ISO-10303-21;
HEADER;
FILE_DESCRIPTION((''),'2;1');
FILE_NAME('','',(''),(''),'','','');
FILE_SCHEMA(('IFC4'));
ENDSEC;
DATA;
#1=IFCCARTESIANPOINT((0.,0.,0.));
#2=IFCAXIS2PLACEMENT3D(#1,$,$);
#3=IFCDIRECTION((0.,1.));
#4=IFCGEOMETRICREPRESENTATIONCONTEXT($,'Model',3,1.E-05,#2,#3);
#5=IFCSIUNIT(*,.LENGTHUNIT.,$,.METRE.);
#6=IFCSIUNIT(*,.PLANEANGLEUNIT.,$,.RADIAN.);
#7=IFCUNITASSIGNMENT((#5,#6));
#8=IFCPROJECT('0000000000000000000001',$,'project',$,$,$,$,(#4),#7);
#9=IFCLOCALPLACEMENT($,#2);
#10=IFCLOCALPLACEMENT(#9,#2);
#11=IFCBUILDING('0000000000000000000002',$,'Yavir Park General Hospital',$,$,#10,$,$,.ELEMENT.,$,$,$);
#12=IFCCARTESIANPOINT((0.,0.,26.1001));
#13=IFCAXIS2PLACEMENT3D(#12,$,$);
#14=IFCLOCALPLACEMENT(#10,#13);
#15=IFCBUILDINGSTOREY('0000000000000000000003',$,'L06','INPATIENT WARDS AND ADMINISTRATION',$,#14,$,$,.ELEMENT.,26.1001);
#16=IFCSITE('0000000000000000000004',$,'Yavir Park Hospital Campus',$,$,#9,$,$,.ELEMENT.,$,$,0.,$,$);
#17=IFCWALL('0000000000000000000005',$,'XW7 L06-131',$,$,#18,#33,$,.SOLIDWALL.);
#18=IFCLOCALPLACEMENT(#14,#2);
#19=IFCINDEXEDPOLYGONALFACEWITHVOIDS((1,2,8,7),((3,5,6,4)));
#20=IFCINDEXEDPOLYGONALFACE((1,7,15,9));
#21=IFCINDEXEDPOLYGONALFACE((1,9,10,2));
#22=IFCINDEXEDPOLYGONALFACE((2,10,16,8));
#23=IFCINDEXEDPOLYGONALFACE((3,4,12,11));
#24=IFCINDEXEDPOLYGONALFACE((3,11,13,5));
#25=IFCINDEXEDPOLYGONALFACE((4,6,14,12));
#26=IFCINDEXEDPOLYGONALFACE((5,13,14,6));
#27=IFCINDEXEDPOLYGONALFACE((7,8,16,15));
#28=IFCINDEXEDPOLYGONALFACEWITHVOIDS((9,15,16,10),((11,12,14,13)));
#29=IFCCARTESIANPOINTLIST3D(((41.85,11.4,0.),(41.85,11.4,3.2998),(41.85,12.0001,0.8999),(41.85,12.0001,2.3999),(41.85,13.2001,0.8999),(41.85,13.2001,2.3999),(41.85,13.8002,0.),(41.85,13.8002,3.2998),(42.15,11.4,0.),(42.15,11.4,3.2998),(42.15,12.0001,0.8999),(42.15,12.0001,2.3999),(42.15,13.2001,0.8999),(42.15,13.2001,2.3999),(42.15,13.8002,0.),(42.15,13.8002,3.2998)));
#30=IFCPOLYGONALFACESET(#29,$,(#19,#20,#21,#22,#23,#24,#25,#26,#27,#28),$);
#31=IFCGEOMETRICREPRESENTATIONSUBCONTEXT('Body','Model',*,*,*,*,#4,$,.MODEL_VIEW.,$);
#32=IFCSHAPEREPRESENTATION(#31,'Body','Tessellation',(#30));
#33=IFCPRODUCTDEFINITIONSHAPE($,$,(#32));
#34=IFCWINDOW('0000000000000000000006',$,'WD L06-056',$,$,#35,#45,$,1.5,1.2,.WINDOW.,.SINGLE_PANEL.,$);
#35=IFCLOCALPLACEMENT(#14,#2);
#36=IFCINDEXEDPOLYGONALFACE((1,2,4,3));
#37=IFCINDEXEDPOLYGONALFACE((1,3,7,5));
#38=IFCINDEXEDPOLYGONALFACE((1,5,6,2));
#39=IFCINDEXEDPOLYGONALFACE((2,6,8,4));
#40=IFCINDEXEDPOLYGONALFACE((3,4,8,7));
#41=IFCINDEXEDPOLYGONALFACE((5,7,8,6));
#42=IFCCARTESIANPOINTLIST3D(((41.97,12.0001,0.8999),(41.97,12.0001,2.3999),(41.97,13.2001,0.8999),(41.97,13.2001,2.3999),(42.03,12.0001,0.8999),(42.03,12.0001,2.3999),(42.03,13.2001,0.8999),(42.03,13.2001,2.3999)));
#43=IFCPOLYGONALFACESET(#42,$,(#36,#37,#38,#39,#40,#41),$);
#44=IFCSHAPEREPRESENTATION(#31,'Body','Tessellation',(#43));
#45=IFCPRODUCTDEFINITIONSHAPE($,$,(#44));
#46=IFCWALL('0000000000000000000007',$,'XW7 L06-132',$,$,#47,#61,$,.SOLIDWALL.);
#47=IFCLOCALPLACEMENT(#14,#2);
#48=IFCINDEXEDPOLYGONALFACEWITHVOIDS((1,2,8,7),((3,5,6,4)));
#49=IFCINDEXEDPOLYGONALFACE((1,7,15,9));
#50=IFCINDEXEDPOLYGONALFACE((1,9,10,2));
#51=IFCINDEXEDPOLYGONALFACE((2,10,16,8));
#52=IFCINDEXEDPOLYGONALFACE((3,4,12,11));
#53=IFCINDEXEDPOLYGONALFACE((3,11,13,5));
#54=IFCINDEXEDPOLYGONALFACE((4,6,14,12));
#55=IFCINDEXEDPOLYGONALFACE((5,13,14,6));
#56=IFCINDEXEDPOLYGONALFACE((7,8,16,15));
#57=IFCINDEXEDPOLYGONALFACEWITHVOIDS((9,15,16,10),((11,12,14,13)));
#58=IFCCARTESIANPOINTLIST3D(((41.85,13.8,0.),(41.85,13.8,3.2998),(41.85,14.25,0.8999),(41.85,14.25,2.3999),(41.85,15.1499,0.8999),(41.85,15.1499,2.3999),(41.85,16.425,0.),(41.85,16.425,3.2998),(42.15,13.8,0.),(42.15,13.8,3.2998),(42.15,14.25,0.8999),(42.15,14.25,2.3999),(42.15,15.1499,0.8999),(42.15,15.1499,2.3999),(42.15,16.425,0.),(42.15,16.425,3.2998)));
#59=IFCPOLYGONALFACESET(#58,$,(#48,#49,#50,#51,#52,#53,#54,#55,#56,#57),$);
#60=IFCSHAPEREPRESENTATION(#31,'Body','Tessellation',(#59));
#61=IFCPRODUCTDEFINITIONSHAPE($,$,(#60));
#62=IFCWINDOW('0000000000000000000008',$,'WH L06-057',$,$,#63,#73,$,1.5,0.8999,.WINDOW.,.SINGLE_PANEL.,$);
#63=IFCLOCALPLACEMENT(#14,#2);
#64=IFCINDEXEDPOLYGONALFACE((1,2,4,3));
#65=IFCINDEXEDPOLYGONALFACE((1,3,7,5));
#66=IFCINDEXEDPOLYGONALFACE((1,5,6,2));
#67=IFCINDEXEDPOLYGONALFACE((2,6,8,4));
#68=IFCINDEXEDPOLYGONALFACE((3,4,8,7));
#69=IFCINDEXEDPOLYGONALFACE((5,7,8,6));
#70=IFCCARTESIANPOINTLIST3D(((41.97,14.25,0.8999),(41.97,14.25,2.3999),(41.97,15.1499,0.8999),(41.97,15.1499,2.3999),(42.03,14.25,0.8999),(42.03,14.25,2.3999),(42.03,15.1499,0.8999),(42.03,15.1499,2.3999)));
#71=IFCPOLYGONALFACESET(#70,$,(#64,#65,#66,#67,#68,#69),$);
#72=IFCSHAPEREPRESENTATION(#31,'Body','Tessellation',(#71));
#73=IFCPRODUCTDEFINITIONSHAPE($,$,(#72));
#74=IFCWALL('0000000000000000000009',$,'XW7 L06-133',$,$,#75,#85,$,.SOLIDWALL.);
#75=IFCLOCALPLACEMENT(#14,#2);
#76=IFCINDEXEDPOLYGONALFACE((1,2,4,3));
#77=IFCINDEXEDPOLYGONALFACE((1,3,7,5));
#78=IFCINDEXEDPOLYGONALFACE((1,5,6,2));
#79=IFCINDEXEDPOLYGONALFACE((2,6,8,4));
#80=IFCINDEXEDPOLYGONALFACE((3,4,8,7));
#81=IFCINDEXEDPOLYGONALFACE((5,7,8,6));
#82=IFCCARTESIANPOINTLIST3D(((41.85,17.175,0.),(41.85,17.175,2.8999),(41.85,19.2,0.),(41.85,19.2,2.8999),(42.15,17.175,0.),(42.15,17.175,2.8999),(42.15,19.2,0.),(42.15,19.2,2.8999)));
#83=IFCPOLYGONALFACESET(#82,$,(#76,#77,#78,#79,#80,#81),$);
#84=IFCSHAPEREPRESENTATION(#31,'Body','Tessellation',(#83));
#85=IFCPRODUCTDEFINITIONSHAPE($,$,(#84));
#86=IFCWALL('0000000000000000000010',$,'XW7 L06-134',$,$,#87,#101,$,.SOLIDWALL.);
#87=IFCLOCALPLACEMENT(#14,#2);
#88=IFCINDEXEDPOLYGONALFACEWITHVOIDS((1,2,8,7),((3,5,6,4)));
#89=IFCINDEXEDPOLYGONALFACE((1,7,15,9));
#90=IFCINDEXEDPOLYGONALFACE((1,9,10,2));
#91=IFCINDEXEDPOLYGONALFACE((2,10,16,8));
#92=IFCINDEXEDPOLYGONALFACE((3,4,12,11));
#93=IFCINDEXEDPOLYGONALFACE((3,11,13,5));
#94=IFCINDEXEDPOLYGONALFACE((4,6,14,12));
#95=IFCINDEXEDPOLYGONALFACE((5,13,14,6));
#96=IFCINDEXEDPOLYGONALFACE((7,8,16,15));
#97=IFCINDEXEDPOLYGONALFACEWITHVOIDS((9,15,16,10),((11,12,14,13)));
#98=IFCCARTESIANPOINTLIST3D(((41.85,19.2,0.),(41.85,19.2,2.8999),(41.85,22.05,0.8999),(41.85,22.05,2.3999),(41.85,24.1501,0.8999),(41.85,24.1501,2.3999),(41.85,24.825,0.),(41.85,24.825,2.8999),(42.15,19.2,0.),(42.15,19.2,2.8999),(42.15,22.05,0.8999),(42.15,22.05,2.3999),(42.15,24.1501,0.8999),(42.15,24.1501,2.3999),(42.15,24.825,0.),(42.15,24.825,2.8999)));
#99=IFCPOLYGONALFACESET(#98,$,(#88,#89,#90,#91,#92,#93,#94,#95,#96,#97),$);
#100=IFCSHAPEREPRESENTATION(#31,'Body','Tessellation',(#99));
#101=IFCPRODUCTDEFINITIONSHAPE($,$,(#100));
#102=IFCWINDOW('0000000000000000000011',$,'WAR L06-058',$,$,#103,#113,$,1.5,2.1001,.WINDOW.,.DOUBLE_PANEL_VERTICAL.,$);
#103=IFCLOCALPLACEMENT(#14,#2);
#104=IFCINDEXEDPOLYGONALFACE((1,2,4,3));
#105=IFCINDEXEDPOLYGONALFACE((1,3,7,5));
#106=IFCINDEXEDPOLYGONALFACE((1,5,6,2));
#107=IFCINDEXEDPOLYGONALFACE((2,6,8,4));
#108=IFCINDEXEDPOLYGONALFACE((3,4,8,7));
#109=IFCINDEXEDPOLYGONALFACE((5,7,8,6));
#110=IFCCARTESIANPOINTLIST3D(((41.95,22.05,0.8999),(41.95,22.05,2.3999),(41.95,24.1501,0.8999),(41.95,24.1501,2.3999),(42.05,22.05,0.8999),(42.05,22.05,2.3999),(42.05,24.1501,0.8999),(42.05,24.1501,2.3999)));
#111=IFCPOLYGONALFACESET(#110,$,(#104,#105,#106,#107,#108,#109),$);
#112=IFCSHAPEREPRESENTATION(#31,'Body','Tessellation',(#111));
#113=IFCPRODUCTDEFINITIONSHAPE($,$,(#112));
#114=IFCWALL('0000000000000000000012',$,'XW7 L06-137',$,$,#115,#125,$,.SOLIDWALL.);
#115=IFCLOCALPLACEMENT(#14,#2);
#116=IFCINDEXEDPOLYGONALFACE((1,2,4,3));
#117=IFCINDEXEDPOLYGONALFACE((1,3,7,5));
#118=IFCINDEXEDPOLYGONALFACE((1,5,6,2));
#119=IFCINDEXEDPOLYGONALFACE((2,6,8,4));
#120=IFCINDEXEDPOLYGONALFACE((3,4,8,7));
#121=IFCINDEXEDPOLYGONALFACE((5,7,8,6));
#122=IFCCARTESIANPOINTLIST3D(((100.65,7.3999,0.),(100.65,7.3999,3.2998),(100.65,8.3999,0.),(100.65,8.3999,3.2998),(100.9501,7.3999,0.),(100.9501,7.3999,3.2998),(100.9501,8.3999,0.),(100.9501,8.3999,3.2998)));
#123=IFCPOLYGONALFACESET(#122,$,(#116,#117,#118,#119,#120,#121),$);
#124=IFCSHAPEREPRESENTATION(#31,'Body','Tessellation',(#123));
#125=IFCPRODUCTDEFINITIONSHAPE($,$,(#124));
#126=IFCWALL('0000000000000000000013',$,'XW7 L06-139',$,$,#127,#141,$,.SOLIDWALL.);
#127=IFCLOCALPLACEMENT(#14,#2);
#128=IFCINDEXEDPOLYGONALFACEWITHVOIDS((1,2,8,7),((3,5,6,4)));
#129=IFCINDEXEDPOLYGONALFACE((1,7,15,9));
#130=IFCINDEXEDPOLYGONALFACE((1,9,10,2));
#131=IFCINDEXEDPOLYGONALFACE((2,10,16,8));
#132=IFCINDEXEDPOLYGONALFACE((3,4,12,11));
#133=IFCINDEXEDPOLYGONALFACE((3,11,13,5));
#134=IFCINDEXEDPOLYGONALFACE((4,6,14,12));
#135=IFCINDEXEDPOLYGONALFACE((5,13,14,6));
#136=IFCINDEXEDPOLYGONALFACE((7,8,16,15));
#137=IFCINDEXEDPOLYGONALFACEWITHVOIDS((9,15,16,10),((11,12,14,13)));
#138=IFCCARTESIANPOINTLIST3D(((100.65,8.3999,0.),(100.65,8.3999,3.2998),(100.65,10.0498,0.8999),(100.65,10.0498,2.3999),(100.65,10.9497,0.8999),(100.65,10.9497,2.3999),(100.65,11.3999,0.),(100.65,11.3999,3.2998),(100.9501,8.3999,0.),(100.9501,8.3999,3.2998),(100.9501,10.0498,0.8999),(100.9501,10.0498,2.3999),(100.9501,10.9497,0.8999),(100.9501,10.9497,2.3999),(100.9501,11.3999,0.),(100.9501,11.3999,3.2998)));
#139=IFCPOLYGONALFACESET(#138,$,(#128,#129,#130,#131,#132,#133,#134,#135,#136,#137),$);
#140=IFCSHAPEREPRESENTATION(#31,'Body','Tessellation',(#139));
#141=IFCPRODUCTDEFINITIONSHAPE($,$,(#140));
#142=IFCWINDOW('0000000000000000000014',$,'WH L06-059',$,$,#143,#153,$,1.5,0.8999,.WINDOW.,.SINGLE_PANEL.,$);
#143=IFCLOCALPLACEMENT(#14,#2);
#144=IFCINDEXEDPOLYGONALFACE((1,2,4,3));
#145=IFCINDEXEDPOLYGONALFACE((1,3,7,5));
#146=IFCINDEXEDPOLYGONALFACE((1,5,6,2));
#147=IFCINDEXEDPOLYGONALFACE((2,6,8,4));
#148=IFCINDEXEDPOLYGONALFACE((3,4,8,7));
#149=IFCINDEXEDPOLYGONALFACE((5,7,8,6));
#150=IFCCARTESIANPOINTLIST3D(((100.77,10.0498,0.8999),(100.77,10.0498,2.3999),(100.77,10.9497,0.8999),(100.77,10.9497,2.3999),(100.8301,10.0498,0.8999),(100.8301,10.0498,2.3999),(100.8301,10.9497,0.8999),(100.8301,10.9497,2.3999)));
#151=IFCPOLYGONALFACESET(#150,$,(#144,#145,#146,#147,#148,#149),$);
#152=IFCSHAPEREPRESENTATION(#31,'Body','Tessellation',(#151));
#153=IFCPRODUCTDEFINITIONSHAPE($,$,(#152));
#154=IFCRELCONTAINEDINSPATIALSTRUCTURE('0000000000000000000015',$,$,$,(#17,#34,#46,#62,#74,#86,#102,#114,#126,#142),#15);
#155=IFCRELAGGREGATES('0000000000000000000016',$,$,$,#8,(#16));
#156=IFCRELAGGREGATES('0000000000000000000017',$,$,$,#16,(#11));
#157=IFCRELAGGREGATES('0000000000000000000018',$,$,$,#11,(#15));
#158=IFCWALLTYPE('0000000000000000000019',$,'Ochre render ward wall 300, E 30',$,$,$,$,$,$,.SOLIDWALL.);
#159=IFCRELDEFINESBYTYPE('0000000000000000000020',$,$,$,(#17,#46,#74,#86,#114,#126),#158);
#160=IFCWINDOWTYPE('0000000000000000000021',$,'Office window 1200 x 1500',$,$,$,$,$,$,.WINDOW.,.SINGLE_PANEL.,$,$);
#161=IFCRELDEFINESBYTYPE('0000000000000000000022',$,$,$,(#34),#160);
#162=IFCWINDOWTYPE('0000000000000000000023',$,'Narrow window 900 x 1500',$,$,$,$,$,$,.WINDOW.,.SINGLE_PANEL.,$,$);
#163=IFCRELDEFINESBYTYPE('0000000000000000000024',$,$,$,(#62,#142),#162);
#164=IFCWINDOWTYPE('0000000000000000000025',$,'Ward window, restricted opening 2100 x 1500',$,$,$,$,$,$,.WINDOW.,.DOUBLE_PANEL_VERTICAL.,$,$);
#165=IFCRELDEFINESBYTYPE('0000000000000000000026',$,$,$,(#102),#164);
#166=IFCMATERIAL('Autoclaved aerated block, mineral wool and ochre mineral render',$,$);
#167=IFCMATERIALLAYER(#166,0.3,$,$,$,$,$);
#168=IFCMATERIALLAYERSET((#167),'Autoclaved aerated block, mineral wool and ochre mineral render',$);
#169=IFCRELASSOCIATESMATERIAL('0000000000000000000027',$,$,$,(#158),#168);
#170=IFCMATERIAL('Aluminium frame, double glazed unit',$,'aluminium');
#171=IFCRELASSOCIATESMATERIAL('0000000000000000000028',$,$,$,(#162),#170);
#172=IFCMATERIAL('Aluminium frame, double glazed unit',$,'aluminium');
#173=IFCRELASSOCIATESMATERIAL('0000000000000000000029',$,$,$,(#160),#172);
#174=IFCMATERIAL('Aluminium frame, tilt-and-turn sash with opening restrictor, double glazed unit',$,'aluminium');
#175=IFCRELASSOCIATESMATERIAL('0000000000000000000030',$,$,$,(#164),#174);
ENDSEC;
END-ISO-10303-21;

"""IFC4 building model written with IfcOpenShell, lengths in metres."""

from ifc_helpers import new_model, si_unit, direction, frame, frame_2d, origin, place, context, subcontext, project, spatial, rectangle, extrude, material, layer, layer_set, type_object, element, fill, save


model = new_model("IFC4")

# Units and contexts
model_context = context("Model", 3, precision=1e-05, world=origin(), true_north=direction((0.0, 1.0)))
body_context = subcontext(model_context, "Body", "Model", "MODEL_VIEW")
ifc_project = project(units=[si_unit("LENGTHUNIT", "METRE"), si_unit("PLANEANGLEUNIT", "RADIAN")], contexts=[model_context])

# Site, building, storey
site_placement = place(None, origin())
site = spatial("IfcSite", under=ifc_project, at=site_placement, Name="Yavir Park Hospital Campus", CompositionType="ELEMENT", RefElevation=0.0)
building_placement = place(site_placement, origin())
building = spatial("IfcBuilding", under=site, at=building_placement, Name="Yavir Park General Hospital", CompositionType="ELEMENT")
storey_placement = place(building_placement, frame((0.0, 0.0, 26.1001)))
storey = spatial("IfcBuildingStorey", under=building, at=storey_placement, Name="L06", Description="INPATIENT WARDS AND ADMINISTRATION", CompositionType="ELEMENT", Elevation=26.1001)

# Shared definitions
ifc_material_1 = material(Name="Autoclaved aerated block, mineral wool and ochre mineral render")
ifc_layer_1 = layer(ifc_material_1, 0.3)
ifc_layer_set_1 = layer_set([ifc_layer_1], Name="Autoclaved aerated block, mineral wool and ochre mineral render")
wall_type = type_object("IfcWallType", Name="Ochre render ward wall 300, E 30", PredefinedType="SOLIDWALL", material=ifc_layer_set_1)

# Walls, openings, windows
ifc_material_2 = material(Name="Aluminium frame, double glazed unit", Category="aluminium")
window_type_1 = type_object("IfcWindowType", Name="Narrow window 900 x 1500", PartitioningType="SINGLE_PANEL", PredefinedType="WINDOW", material=ifc_material_2)
wall_1_placement = place(storey_placement, frame((42.0, 11.3999, 0.0), z_axis=(0.0, 0.0, 1.0), x_axis=(0.0, 1.0, 0.0)))
wall_1 = element("IfcWall", 1, at=wall_1_placement, inside=storey, type_object=wall_type, Name="XW7 L06-131", PredefinedType="SOLIDWALL", context=body_context, shape_type="SweptSolid", body=[
    extrude(rectangle(XDim=2.4001, YDim=0.3, at=frame_2d((1.2002, 0.0))), origin(), (0.0, 0.0, 1.0), 3.2998),
])
opening_1_placement = place(wall_1_placement, frame((0.6001, 0.0, 0.8999)))
opening_1 = element("IfcOpeningElement", 2, at=opening_1_placement, cuts=wall_1, PredefinedType="OPENING", context=body_context, shape_type="SweptSolid", body=[
    extrude(rectangle(XDim=1.2, YDim=1.5, at=frame_2d((0.6001, 0.75))), frame((0.0, 0.1599, 0.0), z_axis=(0.0, -1.0, 0.0), x_axis=(1.0, 0.0, 0.0)), (0.0, 0.0, 1.0), 0.3201),
])
ifc_material_3 = material(Name="Aluminium frame, double glazed unit", Category="aluminium")
window_type_2 = type_object("IfcWindowType", Name="Office window 1200 x 1500", PartitioningType="SINGLE_PANEL", PredefinedType="WINDOW", material=ifc_material_3)
window_1_placement = place(opening_1_placement, origin())
window_1 = element("IfcWindow", 3, at=window_1_placement, inside=storey, type_object=window_type_2, Name="WD L06-056", OverallHeight=1.5, OverallWidth=1.2, PartitioningType="SINGLE_PANEL", PredefinedType="WINDOW", context=body_context, shape_type="SweptSolid", body=[
    extrude(rectangle(XDim=1.2, YDim=1.5, at=frame_2d((0.6001, 0.75))), frame((0.0, 0.03, 0.0), z_axis=(0.0, -1.0, 0.0), x_axis=(1.0, 0.0, 0.0)), (0.0, 0.0, 1.0), 0.0601),
])
fill(opening_1, window_1)
wall_2_placement = place(storey_placement, frame((42.0, 13.8, 0.0), z_axis=(0.0, 0.0, 1.0), x_axis=(0.0, 1.0, 0.0)))
wall_2 = element("IfcWall", 4, at=wall_2_placement, inside=storey, type_object=wall_type, Name="XW7 L06-132", PredefinedType="SOLIDWALL", context=body_context, shape_type="SweptSolid", body=[
    extrude(rectangle(XDim=2.625, YDim=0.3, at=frame_2d((1.3125, 0.0))), origin(), (0.0, 0.0, 1.0), 3.2998),
])
opening_2_placement = place(wall_2_placement, frame((0.45, 0.0, 0.8999)))
opening_2 = element("IfcOpeningElement", 5, at=opening_2_placement, cuts=wall_2, PredefinedType="OPENING", context=body_context, shape_type="SweptSolid", body=[
    extrude(rectangle(XDim=0.8999, YDim=1.5, at=frame_2d((0.45, 0.75))), frame((0.0, 0.1599, 0.0), z_axis=(0.0, -1.0, 0.0), x_axis=(1.0, 0.0, 0.0)), (0.0, 0.0, 1.0), 0.3201),
])
window_2_placement = place(opening_2_placement, origin())
window_2 = element("IfcWindow", 6, at=window_2_placement, inside=storey, type_object=window_type_1, Name="WH L06-057", OverallHeight=1.5, OverallWidth=0.8999, PartitioningType="SINGLE_PANEL", PredefinedType="WINDOW", context=body_context, shape_type="SweptSolid", body=[
    extrude(rectangle(XDim=0.8999, YDim=1.5, at=frame_2d((0.45, 0.75))), frame((0.0, 0.03, 0.0), z_axis=(0.0, -1.0, 0.0), x_axis=(1.0, 0.0, 0.0)), (0.0, 0.0, 1.0), 0.0601),
])
fill(opening_2, window_2)

# Wall
wall_3_placement = place(storey_placement, frame((42.0, 17.175, 0.0), z_axis=(0.0, 0.0, 1.0), x_axis=(0.0, 1.0, 0.0)))
element("IfcWall", 7, at=wall_3_placement, inside=storey, type_object=wall_type, Name="XW7 L06-133", PredefinedType="SOLIDWALL", context=body_context, shape_type="SweptSolid", body=[
    extrude(rectangle(XDim=2.0249, YDim=0.3, at=frame_2d((1.0125, 0.0))), origin(), (0.0, 0.0, 1.0), 2.8999),
])

# Wall, opening, window
wall_4_placement = place(storey_placement, frame((42.0, 19.2, 0.0), z_axis=(0.0, 0.0, 1.0), x_axis=(0.0, 1.0, 0.0)))
wall_4 = element("IfcWall", 8, at=wall_4_placement, inside=storey, type_object=wall_type, Name="XW7 L06-134", PredefinedType="SOLIDWALL", context=body_context, shape_type="SweptSolid", body=[
    extrude(rectangle(XDim=5.625, YDim=0.3, at=frame_2d((2.8125, 0.0))), origin(), (0.0, 0.0, 1.0), 2.8999),
])
opening_3_placement = place(wall_4_placement, frame((2.8501, 0.0, 0.8999)))
opening_3 = element("IfcOpeningElement", 9, at=opening_3_placement, cuts=wall_4, PredefinedType="OPENING", context=body_context, shape_type="SweptSolid", body=[
    extrude(rectangle(XDim=2.1001, YDim=1.5, at=frame_2d((1.05, 0.75))), frame((0.0, 0.1599, 0.0), z_axis=(0.0, -1.0, 0.0), x_axis=(1.0, 0.0, 0.0)), (0.0, 0.0, 1.0), 0.3201),
])
ifc_material_4 = material(Name="Aluminium frame, tilt-and-turn sash with opening restrictor, double glazed unit", Category="aluminium")
window_type_3 = type_object("IfcWindowType", Name="Ward window, restricted opening 2100 x 1500", PartitioningType="DOUBLE_PANEL_VERTICAL", PredefinedType="WINDOW", material=ifc_material_4)
window_3_placement = place(opening_3_placement, origin())
window_3 = element("IfcWindow", 10, at=window_3_placement, inside=storey, type_object=window_type_3, Name="WAR L06-058", OverallHeight=1.5, OverallWidth=2.1001, PartitioningType="DOUBLE_PANEL_VERTICAL", PredefinedType="WINDOW", context=body_context, shape_type="SweptSolid", body=[
    extrude(rectangle(XDim=2.1001, YDim=1.5, at=frame_2d((1.05, 0.75))), frame((0.0, 0.05, 0.0), z_axis=(0.0, -1.0, 0.0), x_axis=(1.0, 0.0, 0.0)), (0.0, 0.0, 1.0), 0.1001),
])
fill(opening_3, window_3)

# Wall
wall_5_placement = place(storey_placement, frame((100.8, 7.3999, 0.0), z_axis=(0.0, 0.0, 1.0), x_axis=(0.0, 1.0, 0.0)))
element("IfcWall", 11, at=wall_5_placement, inside=storey, type_object=wall_type, Name="XW7 L06-137", PredefinedType="SOLIDWALL", context=body_context, shape_type="SweptSolid", body=[
    extrude(rectangle(XDim=1.0, YDim=0.3, at=frame_2d((0.5, 0.0))), origin(), (0.0, 0.0, 1.0), 3.2998),
])

# Wall, opening, window
wall_6_placement = place(storey_placement, frame((100.8, 8.3999, 0.0), z_axis=(0.0, 0.0, 1.0), x_axis=(0.0, 1.0, 0.0)))
wall_6 = element("IfcWall", 12, at=wall_6_placement, inside=storey, type_object=wall_type, Name="XW7 L06-139", PredefinedType="SOLIDWALL", context=body_context, shape_type="SweptSolid", body=[
    extrude(rectangle(XDim=3.0, YDim=0.3, at=frame_2d((1.5, 0.0))), origin(), (0.0, 0.0, 1.0), 3.2998),
])
opening_4_placement = place(wall_6_placement, frame((1.6499, 0.0, 0.8999)))
opening_4 = element("IfcOpeningElement", 13, at=opening_4_placement, cuts=wall_6, PredefinedType="OPENING", context=body_context, shape_type="SweptSolid", body=[
    extrude(rectangle(XDim=0.8999, YDim=1.5, at=frame_2d((0.45, 0.75))), frame((0.0, 0.1599, 0.0), z_axis=(0.0, -1.0, 0.0), x_axis=(1.0, 0.0, 0.0)), (0.0, 0.0, 1.0), 0.3201),
])
window_4_placement = place(opening_4_placement, origin())
window_4 = element("IfcWindow", 14, at=window_4_placement, inside=storey, type_object=window_type_1, Name="WH L06-059", OverallHeight=1.5, OverallWidth=0.8999, PartitioningType="SINGLE_PANEL", PredefinedType="WINDOW", context=body_context, shape_type="SweptSolid", body=[
    extrude(rectangle(XDim=0.8999, YDim=1.5, at=frame_2d((0.45, 0.75))), frame((0.0, 0.03, 0.0), z_axis=(0.0, -1.0, 0.0), x_axis=(1.0, 0.0, 0.0)), (0.0, 0.0, 1.0), 0.0601),
])
fill(opening_4, window_4)

save(model, "model.ifc")
